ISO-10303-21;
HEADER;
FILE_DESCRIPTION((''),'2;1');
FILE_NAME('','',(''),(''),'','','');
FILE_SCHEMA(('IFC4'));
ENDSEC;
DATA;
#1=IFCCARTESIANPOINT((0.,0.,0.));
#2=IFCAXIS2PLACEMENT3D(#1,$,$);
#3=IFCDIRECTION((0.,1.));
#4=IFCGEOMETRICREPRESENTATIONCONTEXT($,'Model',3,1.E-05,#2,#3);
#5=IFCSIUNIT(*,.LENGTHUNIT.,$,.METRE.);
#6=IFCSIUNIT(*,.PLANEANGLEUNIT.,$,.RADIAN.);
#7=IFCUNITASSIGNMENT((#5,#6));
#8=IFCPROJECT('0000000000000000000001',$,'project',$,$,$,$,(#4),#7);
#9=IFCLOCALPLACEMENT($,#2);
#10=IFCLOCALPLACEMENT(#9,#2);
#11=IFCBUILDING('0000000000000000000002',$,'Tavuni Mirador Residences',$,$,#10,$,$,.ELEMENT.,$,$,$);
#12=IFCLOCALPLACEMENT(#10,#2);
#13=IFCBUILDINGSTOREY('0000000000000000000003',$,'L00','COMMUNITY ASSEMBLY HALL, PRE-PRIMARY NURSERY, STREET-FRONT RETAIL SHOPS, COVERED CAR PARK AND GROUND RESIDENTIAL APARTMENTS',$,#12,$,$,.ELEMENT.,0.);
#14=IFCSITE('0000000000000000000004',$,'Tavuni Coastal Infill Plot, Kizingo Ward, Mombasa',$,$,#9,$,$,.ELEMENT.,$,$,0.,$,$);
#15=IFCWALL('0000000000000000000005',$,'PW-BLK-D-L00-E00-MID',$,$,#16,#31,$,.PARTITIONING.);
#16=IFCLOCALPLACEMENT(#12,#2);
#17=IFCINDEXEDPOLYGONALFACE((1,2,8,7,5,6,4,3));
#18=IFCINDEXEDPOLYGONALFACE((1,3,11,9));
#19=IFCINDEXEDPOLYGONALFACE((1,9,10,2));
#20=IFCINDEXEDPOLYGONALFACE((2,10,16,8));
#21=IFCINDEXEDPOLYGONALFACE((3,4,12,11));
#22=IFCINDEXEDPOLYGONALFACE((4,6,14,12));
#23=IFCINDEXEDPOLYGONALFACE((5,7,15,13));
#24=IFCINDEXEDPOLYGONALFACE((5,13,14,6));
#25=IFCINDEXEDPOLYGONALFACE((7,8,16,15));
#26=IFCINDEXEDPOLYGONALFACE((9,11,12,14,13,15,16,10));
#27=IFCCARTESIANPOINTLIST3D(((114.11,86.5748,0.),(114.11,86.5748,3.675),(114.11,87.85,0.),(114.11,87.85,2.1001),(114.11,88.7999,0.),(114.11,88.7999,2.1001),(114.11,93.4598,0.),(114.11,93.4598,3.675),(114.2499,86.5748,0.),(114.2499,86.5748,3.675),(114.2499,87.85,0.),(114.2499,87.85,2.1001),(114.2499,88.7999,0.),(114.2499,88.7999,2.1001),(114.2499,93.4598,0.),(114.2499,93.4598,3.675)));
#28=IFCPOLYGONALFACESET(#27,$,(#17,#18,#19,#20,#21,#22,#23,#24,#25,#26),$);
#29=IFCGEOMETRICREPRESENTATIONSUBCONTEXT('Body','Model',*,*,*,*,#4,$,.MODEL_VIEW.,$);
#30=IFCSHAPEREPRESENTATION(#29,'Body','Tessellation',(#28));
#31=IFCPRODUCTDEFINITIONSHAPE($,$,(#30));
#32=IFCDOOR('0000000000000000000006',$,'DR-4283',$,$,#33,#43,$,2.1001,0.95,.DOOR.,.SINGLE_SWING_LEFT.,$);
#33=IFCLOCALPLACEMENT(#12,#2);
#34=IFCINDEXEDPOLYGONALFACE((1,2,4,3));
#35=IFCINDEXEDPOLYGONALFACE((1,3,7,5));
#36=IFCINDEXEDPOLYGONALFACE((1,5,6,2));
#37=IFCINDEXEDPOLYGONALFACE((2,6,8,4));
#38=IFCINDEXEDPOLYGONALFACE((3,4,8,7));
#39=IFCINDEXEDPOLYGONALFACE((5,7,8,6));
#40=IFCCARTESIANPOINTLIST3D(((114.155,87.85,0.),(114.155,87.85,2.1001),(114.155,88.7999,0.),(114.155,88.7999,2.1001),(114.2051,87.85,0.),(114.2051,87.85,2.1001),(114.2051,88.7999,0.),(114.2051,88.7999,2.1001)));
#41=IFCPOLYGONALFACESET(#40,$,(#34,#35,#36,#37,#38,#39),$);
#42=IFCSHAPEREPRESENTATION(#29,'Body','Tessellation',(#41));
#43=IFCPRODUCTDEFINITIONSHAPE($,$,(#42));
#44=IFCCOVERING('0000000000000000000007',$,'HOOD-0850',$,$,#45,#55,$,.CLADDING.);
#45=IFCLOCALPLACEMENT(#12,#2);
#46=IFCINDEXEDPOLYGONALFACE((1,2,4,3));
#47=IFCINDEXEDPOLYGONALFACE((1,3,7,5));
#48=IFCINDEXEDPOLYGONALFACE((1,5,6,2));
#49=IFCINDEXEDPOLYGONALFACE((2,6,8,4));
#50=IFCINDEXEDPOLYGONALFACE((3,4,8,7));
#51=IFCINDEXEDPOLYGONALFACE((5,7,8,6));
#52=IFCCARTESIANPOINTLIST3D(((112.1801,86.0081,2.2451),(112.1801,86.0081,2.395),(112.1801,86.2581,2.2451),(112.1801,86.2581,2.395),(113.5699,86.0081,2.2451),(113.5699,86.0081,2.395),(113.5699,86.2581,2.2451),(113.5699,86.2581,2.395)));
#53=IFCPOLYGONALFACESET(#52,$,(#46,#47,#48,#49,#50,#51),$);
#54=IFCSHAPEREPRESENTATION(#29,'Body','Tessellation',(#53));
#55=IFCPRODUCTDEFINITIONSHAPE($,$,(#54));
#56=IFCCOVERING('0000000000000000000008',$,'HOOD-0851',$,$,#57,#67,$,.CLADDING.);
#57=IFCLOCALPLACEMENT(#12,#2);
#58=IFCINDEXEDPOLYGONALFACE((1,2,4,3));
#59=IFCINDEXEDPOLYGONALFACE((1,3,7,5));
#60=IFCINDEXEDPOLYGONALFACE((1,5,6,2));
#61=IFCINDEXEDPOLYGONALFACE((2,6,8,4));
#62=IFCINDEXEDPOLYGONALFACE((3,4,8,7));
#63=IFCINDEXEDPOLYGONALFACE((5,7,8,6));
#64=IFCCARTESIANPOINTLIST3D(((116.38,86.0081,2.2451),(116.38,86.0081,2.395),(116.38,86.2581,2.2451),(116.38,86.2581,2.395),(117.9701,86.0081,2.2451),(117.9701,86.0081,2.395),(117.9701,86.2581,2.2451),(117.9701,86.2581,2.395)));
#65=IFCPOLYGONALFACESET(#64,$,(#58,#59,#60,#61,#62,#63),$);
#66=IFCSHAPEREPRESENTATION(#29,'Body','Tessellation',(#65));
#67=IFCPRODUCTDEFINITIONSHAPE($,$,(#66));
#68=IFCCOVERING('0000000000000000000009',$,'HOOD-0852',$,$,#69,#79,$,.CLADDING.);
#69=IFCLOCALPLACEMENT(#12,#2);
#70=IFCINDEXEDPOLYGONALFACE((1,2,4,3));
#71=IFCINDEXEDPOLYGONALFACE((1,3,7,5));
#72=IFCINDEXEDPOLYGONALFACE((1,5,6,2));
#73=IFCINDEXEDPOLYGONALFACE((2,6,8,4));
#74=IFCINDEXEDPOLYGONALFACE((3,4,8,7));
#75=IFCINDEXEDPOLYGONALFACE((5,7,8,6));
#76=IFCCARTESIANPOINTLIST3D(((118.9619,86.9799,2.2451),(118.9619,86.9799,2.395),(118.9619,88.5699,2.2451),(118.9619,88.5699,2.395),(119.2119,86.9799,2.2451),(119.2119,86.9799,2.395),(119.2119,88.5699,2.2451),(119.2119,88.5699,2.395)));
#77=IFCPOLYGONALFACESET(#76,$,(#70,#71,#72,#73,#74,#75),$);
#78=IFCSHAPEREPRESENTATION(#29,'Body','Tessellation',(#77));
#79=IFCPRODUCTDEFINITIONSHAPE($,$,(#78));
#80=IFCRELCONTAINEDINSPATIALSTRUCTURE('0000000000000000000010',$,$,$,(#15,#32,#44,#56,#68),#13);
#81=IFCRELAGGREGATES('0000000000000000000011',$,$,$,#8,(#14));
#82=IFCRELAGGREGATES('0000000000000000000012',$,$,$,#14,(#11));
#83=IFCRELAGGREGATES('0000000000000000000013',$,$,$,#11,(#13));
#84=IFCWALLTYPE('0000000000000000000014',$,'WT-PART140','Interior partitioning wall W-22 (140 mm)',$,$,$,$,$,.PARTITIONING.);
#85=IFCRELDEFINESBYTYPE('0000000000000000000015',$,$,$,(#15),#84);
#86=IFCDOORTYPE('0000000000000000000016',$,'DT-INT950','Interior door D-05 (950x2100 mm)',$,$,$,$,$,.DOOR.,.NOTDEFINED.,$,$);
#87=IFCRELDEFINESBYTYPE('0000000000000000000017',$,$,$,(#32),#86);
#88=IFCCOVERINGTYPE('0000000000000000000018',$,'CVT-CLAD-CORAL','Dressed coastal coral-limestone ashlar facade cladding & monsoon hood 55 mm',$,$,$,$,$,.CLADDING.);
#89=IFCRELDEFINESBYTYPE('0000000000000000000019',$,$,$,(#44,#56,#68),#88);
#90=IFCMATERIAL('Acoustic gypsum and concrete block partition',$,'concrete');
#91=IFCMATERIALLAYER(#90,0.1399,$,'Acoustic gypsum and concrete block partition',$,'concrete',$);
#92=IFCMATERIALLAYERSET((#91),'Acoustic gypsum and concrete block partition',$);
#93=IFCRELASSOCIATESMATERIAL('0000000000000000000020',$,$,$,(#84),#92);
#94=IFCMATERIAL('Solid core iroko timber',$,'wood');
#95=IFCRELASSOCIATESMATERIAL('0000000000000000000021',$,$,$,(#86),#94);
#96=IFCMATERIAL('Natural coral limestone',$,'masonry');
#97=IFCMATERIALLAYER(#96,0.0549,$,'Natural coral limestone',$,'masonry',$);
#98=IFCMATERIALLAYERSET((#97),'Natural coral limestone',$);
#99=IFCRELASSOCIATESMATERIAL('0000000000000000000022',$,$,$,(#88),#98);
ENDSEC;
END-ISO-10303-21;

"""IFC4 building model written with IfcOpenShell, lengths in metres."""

from ifc_helpers import new_model, si_unit, direction, frame, frame_2d, origin, origin_2d, place, context, subcontext, project, spatial, rectangle, extrude, material, layer, layer_set, type_object, element, fill, save


model = new_model("IFC4")

# Units and contexts
model_context = context("Model", 3, precision=1e-05, world=origin(), true_north=direction((0.0, 1.0)))
body_context = subcontext(model_context, "Body", "Model", "MODEL_VIEW")
ifc_project = project(units=[si_unit("LENGTHUNIT", "METRE"), si_unit("PLANEANGLEUNIT", "RADIAN")], contexts=[model_context])

# Site, building, storey
site_placement = place(None, origin())
site = spatial("IfcSite", under=ifc_project, at=site_placement, Name="Tavuni Coastal Infill Plot, Kizingo Ward, Mombasa", CompositionType="ELEMENT", RefElevation=0.0)
building_placement = place(site_placement, origin())
building = spatial("IfcBuilding", under=site, at=building_placement, Name="Tavuni Mirador Residences", CompositionType="ELEMENT")
storey_placement = place(building_placement, origin())
storey = spatial("IfcBuildingStorey", under=building, at=storey_placement, Name="L00", Description="COMMUNITY ASSEMBLY HALL, PRE-PRIMARY NURSERY, STREET-FRONT RETAIL SHOPS, COVERED CAR PARK AND GROUND RESIDENTIAL APARTMENTS", CompositionType="ELEMENT", Elevation=0.0)

# Wall, opening, door
ifc_material_1 = material(Name="Acoustic gypsum and concrete block partition", Category="concrete")
ifc_material_2 = material(Name="Solid core iroko timber", Category="wood")
ifc_layer_1 = layer(ifc_material_1, 0.1399, Name="Acoustic gypsum and concrete block partition", Category="concrete")
ifc_layer_set_1 = layer_set([ifc_layer_1], Name="Acoustic gypsum and concrete block partition")
wall_type_1 = type_object("IfcWallType", Name="WT-PART140", Description="Interior partitioning wall W-22 (140 mm)", PredefinedType="PARTITIONING", material=ifc_layer_set_1)
wall_1_placement = place(storey_placement, frame((114.1799, 86.575, 0.0), z_axis=(0.0, 0.0, 1.0), x_axis=(0.0, 1.0, 0.0)))
wall_1 = element("IfcWall", 1, at=wall_1_placement, inside=storey, type_object=wall_type_1, Name="PW-BLK-D-L00-E00-MID", PredefinedType="PARTITIONING", context=body_context, shape_type="SweptSolid", body=[
    extrude(rectangle(XDim=6.885, YDim=0.1399, at=frame_2d((3.4424, 0.0))), origin(), (0.0, 0.0, 1.0), 3.675),
])
opening_1_placement = place(wall_1_placement, frame((1.2749, 0.0, 0.0)))
opening_1 = element("IfcOpeningElement", 2, at=opening_1_placement, cuts=wall_1, PredefinedType="OPENING", context=body_context, shape_type="SweptSolid", body=[
    extrude(rectangle(XDim=0.95, YDim=2.1001, at=frame_2d((0.4751, 1.05))), frame((0.0, 0.0801, 0.0), z_axis=(0.0, -1.0, 0.0), x_axis=(1.0, 0.0, 0.0)), (0.0, 0.0, 1.0), 0.1599),
])
door_type_1 = type_object("IfcDoorType", Name="DT-INT950", Description="Interior door D-05 (950x2100 mm)", OperationType="NOTDEFINED", PredefinedType="DOOR", material=ifc_material_2)
door_1_placement = place(opening_1_placement, origin())
door_1 = element("IfcDoor", 3, at=door_1_placement, inside=storey, type_object=door_type_1, Name="DR-4283", OperationType="SINGLE_SWING_LEFT", OverallHeight=2.1001, OverallWidth=0.95, PredefinedType="DOOR", context=body_context, shape_type="SweptSolid", body=[
    extrude(rectangle(XDim=0.95, YDim=2.1001, at=frame_2d((0.4751, 1.05))), frame((0.0, 0.0249, 0.0), z_axis=(0.0, -1.0, 0.0), x_axis=(1.0, 0.0, 0.0)), (0.0, 0.0, 1.0), 0.05),
])
fill(opening_1, door_1)

# Coverings
ifc_material_3 = material(Name="Natural coral limestone", Category="masonry")
ifc_layer_2 = layer(ifc_material_3, 0.0549, Name="Natural coral limestone", Category="masonry")
ifc_layer_set_2 = layer_set([ifc_layer_2], Name="Natural coral limestone")
covering_type = type_object("IfcCoveringType", Name="CVT-CLAD-CORAL", Description="Dressed coastal coral-limestone ashlar facade cladding & monsoon hood 55 mm", PredefinedType="CLADDING", material=ifc_layer_set_2)
covering_placement = place(storey_placement, frame((112.875, 86.1331, 2.2451), z_axis=(0.0, 0.0, 1.0), x_axis=(1.0, 0.0, 0.0)))
element("IfcCovering", 4, at=covering_placement, inside=storey, type_object=covering_type, Name="HOOD-0850", PredefinedType="CLADDING", context=body_context, shape_type="SweptSolid", body=[
    extrude(rectangle(XDim=1.3899, YDim=0.25, at=origin_2d()), origin(), (0.0, 0.0, 1.0), 0.1499),
])
for number, where, z_axis, x_axis, name in (
    (5, (117.175, 86.1331, 2.2451), (0.0, 0.0, 1.0), (1.0, 0.0, 0.0), "HOOD-0851"),
    (6, (119.0869, 87.7749, 2.2451), (0.0, 0.0, 1.0), (0.0, 1.0, 0.0), "HOOD-0852"),
):
    element("IfcCovering", number, at=place(storey_placement, frame(where, z_axis=z_axis, x_axis=x_axis)), inside=storey, type_object=covering_type, Name=name, PredefinedType="CLADDING", context=body_context, shape_type="SweptSolid", body=[
        extrude(rectangle(XDim=1.5901, YDim=0.25, at=origin_2d()), origin(), (0.0, 0.0, 1.0), 0.1499),
    ])

save(model, "model.ifc")
